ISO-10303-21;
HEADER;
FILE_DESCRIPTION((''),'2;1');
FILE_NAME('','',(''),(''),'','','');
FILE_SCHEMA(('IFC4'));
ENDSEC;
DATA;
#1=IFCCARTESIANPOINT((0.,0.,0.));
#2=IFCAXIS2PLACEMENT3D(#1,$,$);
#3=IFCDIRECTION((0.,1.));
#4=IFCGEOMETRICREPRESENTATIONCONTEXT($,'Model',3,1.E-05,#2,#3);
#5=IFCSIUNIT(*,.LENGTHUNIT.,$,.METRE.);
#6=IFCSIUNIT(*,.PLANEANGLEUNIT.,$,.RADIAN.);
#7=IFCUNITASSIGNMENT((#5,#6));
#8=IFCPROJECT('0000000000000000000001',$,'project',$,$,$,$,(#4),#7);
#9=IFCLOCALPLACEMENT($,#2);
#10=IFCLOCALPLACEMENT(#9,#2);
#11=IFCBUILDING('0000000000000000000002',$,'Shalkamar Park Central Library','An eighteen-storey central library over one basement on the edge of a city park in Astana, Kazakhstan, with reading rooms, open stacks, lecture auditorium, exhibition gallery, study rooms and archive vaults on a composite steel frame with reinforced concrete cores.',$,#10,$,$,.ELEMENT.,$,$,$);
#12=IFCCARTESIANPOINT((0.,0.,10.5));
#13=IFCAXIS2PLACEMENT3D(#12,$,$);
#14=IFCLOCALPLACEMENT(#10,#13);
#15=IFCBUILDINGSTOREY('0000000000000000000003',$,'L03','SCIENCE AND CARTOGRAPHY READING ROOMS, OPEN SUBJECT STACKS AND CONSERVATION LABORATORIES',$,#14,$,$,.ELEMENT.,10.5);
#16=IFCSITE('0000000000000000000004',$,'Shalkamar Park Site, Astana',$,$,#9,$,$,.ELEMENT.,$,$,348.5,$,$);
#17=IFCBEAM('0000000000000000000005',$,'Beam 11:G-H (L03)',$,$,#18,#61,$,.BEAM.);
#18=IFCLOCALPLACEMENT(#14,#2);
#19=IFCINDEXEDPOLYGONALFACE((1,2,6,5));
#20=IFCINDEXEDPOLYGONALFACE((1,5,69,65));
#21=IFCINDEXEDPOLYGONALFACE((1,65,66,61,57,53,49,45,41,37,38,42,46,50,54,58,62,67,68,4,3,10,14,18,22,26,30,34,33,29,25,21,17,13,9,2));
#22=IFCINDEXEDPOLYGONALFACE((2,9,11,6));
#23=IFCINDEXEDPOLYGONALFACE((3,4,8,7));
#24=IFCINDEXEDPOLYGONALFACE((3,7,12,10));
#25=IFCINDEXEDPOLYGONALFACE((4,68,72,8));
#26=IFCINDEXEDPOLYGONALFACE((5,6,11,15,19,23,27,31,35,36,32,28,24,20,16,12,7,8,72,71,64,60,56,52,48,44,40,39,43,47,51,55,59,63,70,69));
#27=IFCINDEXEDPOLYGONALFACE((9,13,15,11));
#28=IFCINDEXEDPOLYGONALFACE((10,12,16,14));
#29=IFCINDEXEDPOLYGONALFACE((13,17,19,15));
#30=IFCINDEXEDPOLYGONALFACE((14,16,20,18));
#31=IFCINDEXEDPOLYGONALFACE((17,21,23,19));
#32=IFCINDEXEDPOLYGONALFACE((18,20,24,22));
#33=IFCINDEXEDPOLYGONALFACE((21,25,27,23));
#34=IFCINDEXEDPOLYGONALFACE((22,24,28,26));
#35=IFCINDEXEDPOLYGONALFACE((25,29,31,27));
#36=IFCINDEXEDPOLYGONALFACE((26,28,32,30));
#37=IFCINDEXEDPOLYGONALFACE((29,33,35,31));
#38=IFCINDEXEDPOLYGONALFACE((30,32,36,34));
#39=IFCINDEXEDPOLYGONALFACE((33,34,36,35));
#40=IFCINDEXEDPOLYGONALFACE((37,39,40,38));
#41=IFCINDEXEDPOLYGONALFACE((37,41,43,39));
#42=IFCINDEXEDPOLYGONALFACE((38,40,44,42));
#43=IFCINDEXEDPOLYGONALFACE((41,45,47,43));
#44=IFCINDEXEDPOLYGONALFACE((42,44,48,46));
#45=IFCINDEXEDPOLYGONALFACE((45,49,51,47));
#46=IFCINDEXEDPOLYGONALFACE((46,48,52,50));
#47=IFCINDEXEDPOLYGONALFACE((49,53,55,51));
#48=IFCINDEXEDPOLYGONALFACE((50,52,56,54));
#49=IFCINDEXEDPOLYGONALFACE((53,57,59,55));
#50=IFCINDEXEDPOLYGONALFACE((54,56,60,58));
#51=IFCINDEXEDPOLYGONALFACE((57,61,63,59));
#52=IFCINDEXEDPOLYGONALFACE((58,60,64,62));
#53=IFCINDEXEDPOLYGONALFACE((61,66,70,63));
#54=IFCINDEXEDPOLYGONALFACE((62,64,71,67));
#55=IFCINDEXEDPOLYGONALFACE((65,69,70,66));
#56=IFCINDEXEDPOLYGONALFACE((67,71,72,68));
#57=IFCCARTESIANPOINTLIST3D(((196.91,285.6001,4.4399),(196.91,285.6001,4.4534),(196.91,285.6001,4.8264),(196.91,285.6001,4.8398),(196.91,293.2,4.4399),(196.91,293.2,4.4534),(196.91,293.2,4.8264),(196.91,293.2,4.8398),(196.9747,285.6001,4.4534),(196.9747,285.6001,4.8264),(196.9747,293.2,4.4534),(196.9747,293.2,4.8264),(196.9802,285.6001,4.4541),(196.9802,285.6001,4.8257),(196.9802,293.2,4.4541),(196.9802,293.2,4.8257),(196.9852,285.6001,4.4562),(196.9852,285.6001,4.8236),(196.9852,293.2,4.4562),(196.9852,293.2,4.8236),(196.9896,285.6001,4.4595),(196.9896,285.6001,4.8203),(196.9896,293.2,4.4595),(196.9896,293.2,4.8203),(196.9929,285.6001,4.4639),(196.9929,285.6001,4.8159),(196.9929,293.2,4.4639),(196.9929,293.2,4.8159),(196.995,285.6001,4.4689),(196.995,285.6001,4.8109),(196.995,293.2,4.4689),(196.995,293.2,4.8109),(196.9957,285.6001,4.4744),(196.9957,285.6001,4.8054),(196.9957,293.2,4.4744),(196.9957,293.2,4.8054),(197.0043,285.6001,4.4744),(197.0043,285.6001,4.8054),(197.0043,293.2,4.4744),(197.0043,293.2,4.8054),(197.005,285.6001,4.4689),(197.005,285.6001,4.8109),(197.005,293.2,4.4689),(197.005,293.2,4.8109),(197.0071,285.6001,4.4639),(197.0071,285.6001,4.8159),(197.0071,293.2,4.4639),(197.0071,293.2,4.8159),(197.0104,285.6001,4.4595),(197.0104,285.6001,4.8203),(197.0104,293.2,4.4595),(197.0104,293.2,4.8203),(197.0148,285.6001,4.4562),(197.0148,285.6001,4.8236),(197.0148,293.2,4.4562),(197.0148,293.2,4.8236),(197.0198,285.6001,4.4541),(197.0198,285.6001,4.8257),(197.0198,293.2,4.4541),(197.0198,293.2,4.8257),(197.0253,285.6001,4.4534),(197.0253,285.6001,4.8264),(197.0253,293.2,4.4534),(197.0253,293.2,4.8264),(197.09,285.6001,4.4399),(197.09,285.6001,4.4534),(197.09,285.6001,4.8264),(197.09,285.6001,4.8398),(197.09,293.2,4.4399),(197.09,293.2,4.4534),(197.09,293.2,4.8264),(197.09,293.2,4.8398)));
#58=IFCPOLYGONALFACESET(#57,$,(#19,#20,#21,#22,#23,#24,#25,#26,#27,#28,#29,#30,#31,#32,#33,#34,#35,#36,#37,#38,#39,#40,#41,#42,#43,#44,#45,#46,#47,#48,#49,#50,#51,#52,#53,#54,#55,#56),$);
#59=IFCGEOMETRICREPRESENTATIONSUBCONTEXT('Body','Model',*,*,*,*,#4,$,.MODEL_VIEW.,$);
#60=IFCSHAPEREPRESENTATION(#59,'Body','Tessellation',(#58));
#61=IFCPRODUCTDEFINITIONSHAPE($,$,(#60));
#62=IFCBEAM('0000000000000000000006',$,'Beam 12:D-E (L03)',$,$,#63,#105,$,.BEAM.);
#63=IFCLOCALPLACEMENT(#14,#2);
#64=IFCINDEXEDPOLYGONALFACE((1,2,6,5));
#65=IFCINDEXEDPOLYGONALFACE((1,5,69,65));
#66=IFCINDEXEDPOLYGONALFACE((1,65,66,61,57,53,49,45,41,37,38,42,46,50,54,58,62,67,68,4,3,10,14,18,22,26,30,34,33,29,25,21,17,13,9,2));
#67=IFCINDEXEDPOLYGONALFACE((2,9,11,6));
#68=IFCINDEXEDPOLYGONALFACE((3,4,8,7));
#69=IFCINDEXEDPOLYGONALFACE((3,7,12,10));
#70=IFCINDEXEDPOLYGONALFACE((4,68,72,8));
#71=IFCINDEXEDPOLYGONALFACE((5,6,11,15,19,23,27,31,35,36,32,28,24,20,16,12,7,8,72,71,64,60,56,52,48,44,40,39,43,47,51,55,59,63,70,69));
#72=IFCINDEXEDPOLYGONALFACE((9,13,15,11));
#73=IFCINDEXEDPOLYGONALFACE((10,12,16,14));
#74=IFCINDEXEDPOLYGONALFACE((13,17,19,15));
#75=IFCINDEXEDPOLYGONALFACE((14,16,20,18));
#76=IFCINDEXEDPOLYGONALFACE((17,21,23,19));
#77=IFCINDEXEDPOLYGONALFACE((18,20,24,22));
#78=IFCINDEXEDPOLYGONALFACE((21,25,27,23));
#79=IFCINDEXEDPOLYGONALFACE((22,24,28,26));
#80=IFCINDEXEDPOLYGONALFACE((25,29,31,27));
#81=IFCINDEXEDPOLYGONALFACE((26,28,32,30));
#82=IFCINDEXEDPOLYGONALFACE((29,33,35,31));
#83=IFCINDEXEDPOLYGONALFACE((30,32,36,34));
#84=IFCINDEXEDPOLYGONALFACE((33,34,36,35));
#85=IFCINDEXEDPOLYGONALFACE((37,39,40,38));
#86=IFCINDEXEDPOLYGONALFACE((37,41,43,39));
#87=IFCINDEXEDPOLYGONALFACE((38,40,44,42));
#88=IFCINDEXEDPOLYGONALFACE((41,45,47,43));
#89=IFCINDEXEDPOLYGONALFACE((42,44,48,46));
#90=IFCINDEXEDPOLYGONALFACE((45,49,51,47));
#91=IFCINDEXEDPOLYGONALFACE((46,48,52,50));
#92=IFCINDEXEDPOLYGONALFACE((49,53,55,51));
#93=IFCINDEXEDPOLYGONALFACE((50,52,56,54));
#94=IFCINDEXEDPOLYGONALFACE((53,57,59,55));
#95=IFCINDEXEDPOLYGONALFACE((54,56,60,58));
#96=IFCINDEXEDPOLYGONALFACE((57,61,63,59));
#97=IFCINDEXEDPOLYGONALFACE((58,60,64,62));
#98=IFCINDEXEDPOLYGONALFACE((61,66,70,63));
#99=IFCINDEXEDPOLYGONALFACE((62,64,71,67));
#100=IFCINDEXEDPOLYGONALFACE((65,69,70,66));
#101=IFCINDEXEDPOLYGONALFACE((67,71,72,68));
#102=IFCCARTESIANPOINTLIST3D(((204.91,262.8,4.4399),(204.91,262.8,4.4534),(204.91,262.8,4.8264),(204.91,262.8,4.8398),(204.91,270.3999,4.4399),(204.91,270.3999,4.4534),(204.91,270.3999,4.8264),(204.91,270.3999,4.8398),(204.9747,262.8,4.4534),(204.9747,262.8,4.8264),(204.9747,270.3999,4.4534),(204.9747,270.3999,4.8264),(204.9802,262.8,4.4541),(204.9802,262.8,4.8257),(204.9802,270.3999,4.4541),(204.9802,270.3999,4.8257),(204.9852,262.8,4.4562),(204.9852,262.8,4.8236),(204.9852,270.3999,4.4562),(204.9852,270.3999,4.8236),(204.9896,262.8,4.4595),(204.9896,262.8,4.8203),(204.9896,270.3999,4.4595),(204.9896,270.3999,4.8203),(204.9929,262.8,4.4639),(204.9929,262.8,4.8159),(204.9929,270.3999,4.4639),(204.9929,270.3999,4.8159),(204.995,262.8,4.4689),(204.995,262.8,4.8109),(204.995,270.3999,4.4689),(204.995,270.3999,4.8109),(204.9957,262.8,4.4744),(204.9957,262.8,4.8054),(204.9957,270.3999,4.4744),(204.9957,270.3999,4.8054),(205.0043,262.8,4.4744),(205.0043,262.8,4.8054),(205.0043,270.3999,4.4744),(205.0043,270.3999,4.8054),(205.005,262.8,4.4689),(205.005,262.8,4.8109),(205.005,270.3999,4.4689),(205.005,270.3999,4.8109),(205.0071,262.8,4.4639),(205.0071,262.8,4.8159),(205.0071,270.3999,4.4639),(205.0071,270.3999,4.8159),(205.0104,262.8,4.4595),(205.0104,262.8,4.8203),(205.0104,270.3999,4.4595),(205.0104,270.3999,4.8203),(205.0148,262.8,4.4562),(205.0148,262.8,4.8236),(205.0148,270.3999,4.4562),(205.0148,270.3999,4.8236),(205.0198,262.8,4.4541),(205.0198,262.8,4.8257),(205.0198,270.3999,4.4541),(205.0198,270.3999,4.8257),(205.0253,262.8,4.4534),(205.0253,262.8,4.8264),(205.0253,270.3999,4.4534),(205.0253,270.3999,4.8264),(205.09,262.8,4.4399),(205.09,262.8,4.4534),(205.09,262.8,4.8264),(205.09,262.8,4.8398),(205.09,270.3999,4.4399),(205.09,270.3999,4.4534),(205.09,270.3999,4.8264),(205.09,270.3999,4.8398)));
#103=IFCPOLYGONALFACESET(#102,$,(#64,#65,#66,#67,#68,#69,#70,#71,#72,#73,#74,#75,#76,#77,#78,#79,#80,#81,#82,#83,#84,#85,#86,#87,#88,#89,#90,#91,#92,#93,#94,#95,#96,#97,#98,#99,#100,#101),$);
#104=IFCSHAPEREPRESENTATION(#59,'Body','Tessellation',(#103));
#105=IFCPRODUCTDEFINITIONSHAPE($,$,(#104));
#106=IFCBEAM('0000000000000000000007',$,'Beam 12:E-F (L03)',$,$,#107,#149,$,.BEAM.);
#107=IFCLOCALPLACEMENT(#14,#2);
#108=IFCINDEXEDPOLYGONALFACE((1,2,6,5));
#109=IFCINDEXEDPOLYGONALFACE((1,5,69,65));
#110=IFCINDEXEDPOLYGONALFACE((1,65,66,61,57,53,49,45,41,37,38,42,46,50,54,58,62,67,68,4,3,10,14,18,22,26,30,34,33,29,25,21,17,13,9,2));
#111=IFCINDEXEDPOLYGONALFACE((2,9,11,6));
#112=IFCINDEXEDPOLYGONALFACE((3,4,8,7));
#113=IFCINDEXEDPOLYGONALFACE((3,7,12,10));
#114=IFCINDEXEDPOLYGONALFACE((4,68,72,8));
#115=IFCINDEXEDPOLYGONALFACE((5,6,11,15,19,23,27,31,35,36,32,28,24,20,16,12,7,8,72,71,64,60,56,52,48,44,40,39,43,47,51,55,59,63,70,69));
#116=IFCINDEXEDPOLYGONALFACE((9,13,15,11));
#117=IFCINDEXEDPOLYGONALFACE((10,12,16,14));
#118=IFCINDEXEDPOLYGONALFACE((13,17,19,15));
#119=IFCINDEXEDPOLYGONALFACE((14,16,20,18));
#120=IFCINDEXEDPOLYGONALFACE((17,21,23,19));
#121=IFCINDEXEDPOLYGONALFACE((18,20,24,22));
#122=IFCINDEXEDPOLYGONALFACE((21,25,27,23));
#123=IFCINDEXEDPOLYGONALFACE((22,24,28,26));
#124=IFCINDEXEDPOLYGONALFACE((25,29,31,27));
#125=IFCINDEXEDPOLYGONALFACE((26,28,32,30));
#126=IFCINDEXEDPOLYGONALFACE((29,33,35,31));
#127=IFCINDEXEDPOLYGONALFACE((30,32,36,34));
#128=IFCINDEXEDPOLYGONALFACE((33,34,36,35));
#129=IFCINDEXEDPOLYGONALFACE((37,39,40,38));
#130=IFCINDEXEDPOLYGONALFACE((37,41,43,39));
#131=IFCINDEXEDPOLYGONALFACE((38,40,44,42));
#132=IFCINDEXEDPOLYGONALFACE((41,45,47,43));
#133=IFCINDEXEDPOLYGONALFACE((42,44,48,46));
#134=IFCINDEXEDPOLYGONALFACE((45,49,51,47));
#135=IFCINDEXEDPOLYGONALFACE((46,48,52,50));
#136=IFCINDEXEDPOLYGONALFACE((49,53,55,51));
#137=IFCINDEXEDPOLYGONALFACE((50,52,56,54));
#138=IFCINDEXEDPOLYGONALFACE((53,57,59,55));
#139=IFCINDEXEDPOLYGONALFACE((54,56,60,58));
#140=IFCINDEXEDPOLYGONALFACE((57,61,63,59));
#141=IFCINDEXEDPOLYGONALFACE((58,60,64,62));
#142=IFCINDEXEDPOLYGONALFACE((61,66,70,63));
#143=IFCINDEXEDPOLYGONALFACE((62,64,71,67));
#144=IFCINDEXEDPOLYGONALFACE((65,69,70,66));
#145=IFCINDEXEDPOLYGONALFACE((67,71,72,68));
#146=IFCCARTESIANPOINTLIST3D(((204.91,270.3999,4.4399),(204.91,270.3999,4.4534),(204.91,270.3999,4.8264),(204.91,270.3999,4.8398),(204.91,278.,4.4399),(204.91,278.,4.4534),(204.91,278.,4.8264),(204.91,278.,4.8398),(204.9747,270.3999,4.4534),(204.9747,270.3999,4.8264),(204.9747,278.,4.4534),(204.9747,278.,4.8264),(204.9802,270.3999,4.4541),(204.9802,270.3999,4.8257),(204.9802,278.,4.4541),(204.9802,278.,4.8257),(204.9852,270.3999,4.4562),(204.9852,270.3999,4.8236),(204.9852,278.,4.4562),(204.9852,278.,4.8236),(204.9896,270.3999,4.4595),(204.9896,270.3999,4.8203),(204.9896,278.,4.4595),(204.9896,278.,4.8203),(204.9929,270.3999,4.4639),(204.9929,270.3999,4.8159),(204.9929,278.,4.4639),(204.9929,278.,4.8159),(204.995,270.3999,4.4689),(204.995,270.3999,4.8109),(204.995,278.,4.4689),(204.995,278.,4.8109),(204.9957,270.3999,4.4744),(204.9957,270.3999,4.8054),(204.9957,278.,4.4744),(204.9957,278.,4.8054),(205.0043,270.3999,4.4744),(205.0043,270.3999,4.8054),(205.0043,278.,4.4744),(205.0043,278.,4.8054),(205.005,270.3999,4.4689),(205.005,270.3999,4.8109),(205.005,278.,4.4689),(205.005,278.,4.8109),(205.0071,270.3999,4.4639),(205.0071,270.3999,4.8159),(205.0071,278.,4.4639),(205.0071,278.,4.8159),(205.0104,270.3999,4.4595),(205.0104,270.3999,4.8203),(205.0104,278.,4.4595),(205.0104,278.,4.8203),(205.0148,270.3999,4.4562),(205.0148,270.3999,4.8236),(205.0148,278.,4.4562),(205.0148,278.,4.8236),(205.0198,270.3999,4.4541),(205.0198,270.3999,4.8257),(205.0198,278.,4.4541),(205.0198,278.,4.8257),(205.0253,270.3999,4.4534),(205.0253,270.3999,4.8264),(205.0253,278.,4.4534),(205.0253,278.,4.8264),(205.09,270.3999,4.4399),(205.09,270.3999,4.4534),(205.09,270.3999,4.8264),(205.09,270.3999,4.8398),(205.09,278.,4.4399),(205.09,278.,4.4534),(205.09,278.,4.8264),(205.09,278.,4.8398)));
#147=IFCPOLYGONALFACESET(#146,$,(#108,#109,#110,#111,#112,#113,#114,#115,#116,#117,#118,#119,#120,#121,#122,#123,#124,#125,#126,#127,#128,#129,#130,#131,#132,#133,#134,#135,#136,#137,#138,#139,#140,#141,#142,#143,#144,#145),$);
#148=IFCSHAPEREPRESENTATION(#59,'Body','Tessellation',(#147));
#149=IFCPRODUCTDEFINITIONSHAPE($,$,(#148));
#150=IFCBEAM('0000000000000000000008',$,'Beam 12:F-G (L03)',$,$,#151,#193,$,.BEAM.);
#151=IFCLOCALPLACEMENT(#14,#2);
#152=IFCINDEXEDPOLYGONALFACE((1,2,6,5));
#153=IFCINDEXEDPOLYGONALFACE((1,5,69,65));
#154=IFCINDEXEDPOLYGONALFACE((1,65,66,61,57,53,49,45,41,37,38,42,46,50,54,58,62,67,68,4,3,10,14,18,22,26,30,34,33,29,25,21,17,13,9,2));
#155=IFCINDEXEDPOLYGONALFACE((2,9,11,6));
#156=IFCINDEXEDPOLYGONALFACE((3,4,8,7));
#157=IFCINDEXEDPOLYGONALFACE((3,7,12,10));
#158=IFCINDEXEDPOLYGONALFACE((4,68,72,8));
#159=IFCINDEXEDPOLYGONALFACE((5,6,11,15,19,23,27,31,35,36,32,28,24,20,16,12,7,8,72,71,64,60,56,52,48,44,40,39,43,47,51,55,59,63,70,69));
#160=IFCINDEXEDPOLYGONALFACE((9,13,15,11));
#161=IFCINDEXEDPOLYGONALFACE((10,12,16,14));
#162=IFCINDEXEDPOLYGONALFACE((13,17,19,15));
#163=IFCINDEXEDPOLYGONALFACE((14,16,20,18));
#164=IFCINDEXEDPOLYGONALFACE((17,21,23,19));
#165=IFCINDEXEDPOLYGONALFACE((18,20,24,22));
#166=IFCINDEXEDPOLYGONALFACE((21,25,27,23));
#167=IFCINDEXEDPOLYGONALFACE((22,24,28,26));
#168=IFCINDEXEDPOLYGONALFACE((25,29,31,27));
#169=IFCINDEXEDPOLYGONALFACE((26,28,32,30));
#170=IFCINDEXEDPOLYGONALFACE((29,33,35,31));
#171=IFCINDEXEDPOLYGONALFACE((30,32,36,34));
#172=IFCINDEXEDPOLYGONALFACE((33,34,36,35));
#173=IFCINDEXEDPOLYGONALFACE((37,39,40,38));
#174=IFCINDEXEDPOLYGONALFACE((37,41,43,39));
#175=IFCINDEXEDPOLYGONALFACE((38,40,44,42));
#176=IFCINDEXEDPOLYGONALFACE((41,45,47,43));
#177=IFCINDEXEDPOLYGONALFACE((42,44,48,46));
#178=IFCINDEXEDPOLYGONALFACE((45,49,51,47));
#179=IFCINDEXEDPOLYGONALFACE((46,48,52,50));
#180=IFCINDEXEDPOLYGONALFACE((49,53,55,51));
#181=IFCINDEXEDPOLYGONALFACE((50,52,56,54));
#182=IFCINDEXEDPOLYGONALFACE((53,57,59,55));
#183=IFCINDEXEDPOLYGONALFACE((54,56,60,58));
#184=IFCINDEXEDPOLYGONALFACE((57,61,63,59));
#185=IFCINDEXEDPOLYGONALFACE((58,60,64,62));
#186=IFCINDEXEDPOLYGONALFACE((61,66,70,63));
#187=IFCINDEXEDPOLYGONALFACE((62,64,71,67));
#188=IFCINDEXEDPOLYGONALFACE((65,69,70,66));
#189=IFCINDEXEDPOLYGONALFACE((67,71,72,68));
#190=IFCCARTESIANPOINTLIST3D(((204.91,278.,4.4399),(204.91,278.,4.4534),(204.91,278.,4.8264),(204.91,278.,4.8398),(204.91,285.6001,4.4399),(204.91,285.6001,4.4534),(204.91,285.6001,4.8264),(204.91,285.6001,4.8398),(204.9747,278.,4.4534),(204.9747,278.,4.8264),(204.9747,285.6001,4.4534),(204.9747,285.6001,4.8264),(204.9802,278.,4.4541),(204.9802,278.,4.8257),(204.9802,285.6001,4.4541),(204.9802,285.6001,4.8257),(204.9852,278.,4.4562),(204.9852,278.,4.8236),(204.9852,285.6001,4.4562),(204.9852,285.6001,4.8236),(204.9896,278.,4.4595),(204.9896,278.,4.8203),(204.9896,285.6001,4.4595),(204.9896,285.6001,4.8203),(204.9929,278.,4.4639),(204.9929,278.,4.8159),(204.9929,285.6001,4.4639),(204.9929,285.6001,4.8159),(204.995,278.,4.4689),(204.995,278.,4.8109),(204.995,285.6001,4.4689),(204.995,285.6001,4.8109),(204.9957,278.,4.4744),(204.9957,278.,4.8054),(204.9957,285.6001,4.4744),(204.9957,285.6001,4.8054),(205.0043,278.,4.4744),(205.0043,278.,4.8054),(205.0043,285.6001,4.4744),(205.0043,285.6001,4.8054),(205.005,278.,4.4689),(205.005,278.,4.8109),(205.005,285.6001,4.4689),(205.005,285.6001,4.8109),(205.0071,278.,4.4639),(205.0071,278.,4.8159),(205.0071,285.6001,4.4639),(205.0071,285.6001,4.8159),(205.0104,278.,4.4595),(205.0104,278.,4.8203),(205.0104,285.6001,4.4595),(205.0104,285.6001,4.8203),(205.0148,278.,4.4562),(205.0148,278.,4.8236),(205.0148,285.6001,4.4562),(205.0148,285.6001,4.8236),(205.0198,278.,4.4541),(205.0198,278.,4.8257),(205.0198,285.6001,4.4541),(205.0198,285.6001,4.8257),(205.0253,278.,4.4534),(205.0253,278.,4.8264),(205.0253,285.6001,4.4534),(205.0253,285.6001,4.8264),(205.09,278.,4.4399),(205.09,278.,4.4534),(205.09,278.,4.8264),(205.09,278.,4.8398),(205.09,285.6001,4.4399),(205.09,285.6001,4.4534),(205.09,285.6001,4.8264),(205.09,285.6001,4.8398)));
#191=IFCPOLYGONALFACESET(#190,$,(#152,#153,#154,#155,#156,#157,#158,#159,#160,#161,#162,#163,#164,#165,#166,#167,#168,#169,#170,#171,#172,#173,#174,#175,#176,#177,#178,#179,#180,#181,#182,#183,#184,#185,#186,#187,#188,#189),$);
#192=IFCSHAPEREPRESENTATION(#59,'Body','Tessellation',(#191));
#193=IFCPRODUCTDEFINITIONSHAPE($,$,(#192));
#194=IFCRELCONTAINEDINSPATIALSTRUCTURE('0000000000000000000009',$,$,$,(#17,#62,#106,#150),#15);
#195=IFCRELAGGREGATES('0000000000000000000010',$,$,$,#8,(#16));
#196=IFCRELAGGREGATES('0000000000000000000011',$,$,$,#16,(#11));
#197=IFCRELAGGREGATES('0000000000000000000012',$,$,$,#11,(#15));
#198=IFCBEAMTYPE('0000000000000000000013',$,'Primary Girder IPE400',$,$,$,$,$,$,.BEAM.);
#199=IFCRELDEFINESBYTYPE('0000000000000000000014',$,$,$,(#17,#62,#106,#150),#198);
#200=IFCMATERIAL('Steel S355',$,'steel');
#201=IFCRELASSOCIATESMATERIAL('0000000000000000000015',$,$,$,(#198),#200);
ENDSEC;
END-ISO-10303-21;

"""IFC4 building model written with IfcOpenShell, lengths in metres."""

from ifc_helpers import new_model, si_unit, direction, frame, origin, origin_2d, place, context, subcontext, project, spatial, i_section, extrude, material, material_profile, profile_set, type_object, element, save


model = new_model("IFC4")

# Units and contexts
model_context = context("Model", 3, precision=1e-05, world=origin(), true_north=direction((0.0, 1.0)))
body_context = subcontext(model_context, "Body", "Model", "MODEL_VIEW")
ifc_project = project(units=[si_unit("LENGTHUNIT", "METRE"), si_unit("PLANEANGLEUNIT", "RADIAN")], contexts=[model_context])

# Site, building, storey
site_placement = place(None, origin())
site = spatial("IfcSite", under=ifc_project, at=site_placement, Name="Shalkamar Park Site, Astana", CompositionType="ELEMENT", RefElevation=348.5)
building_placement = place(site_placement, origin())
building = spatial("IfcBuilding", under=site, at=building_placement, Name="Shalkamar Park Central Library", Description="An eighteen-storey central library over one basement on the edge of a city park in Astana, Kazakhstan, with reading rooms, open stacks, lecture auditorium, exhibition gallery, study rooms and archive vaults on a composite steel frame with reinforced concrete cores.", CompositionType="ELEMENT")
storey_placement = place(building_placement, frame((0.0, 0.0, 10.5)))
storey = spatial("IfcBuildingStorey", under=building, at=storey_placement, Name="L03", Description="SCIENCE AND CARTOGRAPHY READING ROOMS, OPEN SUBJECT STACKS AND CONSERVATION LABORATORIES", CompositionType="ELEMENT", Elevation=10.5)

# Shared definitions
ifc_material = material(Name="Steel S355", Category="steel")

# Beams
ifc_material_profile_1 = material_profile(ifc_material, i_section(OverallWidth=0.1799, OverallDepth=0.3999, WebThickness=0.0085, FlangeThickness=0.0134, FilletRadius=0.021, at=origin_2d()), Name="IPE 400")
ifc_profile_set_1 = profile_set([ifc_material_profile_1], Name="Steel S355")
beam_type_1 = type_object("IfcBeamType", Name="Primary Girder IPE400", PredefinedType="BEAM", material=ifc_profile_set_1)
for number, where, z_axis, x_axis, name in (
    (1, (197.0, 285.6001, 4.6399), (0.0, 1.0, 0.0), (-1.0, 0.0, 0.0), "Beam 11:G-H (L03)"),
    (2, (205.0, 262.8, 4.6399), (0.0, 1.0, 0.0), (-1.0, 0.0, 0.0), "Beam 12:D-E (L03)"),
):
    element("IfcBeam", number, at=place(storey_placement, frame(where, z_axis=z_axis, x_axis=x_axis)), inside=storey, type_object=beam_type_1, Name=name, PredefinedType="BEAM", context=body_context, shape_type="SweptSolid", body=[
        extrude(i_section(OverallWidth=0.1799, OverallDepth=0.3999, WebThickness=0.0085, FlangeThickness=0.0134, FilletRadius=0.021, at=origin_2d()), origin(), (0.0, 0.0, 1.0), 7.5999),
    ])
for number, where, z_axis, x_axis, name in (
    (3, (205.0, 270.3999, 4.6399), (0.0, 1.0, 0.0), (-1.0, 0.0, 0.0), "Beam 12:E-F (L03)"),
    (4, (205.0, 278.0, 4.6399), (0.0, 1.0, 0.0), (-1.0, 0.0, 0.0), "Beam 12:F-G (L03)"),
):
    element("IfcBeam", number, at=place(storey_placement, frame(where, z_axis=z_axis, x_axis=x_axis)), inside=storey, type_object=beam_type_1, Name=name, PredefinedType="BEAM", context=body_context, shape_type="SweptSolid", body=[
        extrude(i_section(OverallWidth=0.1799, OverallDepth=0.3999, WebThickness=0.0085, FlangeThickness=0.0134, FilletRadius=0.021, at=origin_2d()), origin(), (0.0, 0.0, 1.0), 7.6001),
    ])

save(model, "model.ifc")
